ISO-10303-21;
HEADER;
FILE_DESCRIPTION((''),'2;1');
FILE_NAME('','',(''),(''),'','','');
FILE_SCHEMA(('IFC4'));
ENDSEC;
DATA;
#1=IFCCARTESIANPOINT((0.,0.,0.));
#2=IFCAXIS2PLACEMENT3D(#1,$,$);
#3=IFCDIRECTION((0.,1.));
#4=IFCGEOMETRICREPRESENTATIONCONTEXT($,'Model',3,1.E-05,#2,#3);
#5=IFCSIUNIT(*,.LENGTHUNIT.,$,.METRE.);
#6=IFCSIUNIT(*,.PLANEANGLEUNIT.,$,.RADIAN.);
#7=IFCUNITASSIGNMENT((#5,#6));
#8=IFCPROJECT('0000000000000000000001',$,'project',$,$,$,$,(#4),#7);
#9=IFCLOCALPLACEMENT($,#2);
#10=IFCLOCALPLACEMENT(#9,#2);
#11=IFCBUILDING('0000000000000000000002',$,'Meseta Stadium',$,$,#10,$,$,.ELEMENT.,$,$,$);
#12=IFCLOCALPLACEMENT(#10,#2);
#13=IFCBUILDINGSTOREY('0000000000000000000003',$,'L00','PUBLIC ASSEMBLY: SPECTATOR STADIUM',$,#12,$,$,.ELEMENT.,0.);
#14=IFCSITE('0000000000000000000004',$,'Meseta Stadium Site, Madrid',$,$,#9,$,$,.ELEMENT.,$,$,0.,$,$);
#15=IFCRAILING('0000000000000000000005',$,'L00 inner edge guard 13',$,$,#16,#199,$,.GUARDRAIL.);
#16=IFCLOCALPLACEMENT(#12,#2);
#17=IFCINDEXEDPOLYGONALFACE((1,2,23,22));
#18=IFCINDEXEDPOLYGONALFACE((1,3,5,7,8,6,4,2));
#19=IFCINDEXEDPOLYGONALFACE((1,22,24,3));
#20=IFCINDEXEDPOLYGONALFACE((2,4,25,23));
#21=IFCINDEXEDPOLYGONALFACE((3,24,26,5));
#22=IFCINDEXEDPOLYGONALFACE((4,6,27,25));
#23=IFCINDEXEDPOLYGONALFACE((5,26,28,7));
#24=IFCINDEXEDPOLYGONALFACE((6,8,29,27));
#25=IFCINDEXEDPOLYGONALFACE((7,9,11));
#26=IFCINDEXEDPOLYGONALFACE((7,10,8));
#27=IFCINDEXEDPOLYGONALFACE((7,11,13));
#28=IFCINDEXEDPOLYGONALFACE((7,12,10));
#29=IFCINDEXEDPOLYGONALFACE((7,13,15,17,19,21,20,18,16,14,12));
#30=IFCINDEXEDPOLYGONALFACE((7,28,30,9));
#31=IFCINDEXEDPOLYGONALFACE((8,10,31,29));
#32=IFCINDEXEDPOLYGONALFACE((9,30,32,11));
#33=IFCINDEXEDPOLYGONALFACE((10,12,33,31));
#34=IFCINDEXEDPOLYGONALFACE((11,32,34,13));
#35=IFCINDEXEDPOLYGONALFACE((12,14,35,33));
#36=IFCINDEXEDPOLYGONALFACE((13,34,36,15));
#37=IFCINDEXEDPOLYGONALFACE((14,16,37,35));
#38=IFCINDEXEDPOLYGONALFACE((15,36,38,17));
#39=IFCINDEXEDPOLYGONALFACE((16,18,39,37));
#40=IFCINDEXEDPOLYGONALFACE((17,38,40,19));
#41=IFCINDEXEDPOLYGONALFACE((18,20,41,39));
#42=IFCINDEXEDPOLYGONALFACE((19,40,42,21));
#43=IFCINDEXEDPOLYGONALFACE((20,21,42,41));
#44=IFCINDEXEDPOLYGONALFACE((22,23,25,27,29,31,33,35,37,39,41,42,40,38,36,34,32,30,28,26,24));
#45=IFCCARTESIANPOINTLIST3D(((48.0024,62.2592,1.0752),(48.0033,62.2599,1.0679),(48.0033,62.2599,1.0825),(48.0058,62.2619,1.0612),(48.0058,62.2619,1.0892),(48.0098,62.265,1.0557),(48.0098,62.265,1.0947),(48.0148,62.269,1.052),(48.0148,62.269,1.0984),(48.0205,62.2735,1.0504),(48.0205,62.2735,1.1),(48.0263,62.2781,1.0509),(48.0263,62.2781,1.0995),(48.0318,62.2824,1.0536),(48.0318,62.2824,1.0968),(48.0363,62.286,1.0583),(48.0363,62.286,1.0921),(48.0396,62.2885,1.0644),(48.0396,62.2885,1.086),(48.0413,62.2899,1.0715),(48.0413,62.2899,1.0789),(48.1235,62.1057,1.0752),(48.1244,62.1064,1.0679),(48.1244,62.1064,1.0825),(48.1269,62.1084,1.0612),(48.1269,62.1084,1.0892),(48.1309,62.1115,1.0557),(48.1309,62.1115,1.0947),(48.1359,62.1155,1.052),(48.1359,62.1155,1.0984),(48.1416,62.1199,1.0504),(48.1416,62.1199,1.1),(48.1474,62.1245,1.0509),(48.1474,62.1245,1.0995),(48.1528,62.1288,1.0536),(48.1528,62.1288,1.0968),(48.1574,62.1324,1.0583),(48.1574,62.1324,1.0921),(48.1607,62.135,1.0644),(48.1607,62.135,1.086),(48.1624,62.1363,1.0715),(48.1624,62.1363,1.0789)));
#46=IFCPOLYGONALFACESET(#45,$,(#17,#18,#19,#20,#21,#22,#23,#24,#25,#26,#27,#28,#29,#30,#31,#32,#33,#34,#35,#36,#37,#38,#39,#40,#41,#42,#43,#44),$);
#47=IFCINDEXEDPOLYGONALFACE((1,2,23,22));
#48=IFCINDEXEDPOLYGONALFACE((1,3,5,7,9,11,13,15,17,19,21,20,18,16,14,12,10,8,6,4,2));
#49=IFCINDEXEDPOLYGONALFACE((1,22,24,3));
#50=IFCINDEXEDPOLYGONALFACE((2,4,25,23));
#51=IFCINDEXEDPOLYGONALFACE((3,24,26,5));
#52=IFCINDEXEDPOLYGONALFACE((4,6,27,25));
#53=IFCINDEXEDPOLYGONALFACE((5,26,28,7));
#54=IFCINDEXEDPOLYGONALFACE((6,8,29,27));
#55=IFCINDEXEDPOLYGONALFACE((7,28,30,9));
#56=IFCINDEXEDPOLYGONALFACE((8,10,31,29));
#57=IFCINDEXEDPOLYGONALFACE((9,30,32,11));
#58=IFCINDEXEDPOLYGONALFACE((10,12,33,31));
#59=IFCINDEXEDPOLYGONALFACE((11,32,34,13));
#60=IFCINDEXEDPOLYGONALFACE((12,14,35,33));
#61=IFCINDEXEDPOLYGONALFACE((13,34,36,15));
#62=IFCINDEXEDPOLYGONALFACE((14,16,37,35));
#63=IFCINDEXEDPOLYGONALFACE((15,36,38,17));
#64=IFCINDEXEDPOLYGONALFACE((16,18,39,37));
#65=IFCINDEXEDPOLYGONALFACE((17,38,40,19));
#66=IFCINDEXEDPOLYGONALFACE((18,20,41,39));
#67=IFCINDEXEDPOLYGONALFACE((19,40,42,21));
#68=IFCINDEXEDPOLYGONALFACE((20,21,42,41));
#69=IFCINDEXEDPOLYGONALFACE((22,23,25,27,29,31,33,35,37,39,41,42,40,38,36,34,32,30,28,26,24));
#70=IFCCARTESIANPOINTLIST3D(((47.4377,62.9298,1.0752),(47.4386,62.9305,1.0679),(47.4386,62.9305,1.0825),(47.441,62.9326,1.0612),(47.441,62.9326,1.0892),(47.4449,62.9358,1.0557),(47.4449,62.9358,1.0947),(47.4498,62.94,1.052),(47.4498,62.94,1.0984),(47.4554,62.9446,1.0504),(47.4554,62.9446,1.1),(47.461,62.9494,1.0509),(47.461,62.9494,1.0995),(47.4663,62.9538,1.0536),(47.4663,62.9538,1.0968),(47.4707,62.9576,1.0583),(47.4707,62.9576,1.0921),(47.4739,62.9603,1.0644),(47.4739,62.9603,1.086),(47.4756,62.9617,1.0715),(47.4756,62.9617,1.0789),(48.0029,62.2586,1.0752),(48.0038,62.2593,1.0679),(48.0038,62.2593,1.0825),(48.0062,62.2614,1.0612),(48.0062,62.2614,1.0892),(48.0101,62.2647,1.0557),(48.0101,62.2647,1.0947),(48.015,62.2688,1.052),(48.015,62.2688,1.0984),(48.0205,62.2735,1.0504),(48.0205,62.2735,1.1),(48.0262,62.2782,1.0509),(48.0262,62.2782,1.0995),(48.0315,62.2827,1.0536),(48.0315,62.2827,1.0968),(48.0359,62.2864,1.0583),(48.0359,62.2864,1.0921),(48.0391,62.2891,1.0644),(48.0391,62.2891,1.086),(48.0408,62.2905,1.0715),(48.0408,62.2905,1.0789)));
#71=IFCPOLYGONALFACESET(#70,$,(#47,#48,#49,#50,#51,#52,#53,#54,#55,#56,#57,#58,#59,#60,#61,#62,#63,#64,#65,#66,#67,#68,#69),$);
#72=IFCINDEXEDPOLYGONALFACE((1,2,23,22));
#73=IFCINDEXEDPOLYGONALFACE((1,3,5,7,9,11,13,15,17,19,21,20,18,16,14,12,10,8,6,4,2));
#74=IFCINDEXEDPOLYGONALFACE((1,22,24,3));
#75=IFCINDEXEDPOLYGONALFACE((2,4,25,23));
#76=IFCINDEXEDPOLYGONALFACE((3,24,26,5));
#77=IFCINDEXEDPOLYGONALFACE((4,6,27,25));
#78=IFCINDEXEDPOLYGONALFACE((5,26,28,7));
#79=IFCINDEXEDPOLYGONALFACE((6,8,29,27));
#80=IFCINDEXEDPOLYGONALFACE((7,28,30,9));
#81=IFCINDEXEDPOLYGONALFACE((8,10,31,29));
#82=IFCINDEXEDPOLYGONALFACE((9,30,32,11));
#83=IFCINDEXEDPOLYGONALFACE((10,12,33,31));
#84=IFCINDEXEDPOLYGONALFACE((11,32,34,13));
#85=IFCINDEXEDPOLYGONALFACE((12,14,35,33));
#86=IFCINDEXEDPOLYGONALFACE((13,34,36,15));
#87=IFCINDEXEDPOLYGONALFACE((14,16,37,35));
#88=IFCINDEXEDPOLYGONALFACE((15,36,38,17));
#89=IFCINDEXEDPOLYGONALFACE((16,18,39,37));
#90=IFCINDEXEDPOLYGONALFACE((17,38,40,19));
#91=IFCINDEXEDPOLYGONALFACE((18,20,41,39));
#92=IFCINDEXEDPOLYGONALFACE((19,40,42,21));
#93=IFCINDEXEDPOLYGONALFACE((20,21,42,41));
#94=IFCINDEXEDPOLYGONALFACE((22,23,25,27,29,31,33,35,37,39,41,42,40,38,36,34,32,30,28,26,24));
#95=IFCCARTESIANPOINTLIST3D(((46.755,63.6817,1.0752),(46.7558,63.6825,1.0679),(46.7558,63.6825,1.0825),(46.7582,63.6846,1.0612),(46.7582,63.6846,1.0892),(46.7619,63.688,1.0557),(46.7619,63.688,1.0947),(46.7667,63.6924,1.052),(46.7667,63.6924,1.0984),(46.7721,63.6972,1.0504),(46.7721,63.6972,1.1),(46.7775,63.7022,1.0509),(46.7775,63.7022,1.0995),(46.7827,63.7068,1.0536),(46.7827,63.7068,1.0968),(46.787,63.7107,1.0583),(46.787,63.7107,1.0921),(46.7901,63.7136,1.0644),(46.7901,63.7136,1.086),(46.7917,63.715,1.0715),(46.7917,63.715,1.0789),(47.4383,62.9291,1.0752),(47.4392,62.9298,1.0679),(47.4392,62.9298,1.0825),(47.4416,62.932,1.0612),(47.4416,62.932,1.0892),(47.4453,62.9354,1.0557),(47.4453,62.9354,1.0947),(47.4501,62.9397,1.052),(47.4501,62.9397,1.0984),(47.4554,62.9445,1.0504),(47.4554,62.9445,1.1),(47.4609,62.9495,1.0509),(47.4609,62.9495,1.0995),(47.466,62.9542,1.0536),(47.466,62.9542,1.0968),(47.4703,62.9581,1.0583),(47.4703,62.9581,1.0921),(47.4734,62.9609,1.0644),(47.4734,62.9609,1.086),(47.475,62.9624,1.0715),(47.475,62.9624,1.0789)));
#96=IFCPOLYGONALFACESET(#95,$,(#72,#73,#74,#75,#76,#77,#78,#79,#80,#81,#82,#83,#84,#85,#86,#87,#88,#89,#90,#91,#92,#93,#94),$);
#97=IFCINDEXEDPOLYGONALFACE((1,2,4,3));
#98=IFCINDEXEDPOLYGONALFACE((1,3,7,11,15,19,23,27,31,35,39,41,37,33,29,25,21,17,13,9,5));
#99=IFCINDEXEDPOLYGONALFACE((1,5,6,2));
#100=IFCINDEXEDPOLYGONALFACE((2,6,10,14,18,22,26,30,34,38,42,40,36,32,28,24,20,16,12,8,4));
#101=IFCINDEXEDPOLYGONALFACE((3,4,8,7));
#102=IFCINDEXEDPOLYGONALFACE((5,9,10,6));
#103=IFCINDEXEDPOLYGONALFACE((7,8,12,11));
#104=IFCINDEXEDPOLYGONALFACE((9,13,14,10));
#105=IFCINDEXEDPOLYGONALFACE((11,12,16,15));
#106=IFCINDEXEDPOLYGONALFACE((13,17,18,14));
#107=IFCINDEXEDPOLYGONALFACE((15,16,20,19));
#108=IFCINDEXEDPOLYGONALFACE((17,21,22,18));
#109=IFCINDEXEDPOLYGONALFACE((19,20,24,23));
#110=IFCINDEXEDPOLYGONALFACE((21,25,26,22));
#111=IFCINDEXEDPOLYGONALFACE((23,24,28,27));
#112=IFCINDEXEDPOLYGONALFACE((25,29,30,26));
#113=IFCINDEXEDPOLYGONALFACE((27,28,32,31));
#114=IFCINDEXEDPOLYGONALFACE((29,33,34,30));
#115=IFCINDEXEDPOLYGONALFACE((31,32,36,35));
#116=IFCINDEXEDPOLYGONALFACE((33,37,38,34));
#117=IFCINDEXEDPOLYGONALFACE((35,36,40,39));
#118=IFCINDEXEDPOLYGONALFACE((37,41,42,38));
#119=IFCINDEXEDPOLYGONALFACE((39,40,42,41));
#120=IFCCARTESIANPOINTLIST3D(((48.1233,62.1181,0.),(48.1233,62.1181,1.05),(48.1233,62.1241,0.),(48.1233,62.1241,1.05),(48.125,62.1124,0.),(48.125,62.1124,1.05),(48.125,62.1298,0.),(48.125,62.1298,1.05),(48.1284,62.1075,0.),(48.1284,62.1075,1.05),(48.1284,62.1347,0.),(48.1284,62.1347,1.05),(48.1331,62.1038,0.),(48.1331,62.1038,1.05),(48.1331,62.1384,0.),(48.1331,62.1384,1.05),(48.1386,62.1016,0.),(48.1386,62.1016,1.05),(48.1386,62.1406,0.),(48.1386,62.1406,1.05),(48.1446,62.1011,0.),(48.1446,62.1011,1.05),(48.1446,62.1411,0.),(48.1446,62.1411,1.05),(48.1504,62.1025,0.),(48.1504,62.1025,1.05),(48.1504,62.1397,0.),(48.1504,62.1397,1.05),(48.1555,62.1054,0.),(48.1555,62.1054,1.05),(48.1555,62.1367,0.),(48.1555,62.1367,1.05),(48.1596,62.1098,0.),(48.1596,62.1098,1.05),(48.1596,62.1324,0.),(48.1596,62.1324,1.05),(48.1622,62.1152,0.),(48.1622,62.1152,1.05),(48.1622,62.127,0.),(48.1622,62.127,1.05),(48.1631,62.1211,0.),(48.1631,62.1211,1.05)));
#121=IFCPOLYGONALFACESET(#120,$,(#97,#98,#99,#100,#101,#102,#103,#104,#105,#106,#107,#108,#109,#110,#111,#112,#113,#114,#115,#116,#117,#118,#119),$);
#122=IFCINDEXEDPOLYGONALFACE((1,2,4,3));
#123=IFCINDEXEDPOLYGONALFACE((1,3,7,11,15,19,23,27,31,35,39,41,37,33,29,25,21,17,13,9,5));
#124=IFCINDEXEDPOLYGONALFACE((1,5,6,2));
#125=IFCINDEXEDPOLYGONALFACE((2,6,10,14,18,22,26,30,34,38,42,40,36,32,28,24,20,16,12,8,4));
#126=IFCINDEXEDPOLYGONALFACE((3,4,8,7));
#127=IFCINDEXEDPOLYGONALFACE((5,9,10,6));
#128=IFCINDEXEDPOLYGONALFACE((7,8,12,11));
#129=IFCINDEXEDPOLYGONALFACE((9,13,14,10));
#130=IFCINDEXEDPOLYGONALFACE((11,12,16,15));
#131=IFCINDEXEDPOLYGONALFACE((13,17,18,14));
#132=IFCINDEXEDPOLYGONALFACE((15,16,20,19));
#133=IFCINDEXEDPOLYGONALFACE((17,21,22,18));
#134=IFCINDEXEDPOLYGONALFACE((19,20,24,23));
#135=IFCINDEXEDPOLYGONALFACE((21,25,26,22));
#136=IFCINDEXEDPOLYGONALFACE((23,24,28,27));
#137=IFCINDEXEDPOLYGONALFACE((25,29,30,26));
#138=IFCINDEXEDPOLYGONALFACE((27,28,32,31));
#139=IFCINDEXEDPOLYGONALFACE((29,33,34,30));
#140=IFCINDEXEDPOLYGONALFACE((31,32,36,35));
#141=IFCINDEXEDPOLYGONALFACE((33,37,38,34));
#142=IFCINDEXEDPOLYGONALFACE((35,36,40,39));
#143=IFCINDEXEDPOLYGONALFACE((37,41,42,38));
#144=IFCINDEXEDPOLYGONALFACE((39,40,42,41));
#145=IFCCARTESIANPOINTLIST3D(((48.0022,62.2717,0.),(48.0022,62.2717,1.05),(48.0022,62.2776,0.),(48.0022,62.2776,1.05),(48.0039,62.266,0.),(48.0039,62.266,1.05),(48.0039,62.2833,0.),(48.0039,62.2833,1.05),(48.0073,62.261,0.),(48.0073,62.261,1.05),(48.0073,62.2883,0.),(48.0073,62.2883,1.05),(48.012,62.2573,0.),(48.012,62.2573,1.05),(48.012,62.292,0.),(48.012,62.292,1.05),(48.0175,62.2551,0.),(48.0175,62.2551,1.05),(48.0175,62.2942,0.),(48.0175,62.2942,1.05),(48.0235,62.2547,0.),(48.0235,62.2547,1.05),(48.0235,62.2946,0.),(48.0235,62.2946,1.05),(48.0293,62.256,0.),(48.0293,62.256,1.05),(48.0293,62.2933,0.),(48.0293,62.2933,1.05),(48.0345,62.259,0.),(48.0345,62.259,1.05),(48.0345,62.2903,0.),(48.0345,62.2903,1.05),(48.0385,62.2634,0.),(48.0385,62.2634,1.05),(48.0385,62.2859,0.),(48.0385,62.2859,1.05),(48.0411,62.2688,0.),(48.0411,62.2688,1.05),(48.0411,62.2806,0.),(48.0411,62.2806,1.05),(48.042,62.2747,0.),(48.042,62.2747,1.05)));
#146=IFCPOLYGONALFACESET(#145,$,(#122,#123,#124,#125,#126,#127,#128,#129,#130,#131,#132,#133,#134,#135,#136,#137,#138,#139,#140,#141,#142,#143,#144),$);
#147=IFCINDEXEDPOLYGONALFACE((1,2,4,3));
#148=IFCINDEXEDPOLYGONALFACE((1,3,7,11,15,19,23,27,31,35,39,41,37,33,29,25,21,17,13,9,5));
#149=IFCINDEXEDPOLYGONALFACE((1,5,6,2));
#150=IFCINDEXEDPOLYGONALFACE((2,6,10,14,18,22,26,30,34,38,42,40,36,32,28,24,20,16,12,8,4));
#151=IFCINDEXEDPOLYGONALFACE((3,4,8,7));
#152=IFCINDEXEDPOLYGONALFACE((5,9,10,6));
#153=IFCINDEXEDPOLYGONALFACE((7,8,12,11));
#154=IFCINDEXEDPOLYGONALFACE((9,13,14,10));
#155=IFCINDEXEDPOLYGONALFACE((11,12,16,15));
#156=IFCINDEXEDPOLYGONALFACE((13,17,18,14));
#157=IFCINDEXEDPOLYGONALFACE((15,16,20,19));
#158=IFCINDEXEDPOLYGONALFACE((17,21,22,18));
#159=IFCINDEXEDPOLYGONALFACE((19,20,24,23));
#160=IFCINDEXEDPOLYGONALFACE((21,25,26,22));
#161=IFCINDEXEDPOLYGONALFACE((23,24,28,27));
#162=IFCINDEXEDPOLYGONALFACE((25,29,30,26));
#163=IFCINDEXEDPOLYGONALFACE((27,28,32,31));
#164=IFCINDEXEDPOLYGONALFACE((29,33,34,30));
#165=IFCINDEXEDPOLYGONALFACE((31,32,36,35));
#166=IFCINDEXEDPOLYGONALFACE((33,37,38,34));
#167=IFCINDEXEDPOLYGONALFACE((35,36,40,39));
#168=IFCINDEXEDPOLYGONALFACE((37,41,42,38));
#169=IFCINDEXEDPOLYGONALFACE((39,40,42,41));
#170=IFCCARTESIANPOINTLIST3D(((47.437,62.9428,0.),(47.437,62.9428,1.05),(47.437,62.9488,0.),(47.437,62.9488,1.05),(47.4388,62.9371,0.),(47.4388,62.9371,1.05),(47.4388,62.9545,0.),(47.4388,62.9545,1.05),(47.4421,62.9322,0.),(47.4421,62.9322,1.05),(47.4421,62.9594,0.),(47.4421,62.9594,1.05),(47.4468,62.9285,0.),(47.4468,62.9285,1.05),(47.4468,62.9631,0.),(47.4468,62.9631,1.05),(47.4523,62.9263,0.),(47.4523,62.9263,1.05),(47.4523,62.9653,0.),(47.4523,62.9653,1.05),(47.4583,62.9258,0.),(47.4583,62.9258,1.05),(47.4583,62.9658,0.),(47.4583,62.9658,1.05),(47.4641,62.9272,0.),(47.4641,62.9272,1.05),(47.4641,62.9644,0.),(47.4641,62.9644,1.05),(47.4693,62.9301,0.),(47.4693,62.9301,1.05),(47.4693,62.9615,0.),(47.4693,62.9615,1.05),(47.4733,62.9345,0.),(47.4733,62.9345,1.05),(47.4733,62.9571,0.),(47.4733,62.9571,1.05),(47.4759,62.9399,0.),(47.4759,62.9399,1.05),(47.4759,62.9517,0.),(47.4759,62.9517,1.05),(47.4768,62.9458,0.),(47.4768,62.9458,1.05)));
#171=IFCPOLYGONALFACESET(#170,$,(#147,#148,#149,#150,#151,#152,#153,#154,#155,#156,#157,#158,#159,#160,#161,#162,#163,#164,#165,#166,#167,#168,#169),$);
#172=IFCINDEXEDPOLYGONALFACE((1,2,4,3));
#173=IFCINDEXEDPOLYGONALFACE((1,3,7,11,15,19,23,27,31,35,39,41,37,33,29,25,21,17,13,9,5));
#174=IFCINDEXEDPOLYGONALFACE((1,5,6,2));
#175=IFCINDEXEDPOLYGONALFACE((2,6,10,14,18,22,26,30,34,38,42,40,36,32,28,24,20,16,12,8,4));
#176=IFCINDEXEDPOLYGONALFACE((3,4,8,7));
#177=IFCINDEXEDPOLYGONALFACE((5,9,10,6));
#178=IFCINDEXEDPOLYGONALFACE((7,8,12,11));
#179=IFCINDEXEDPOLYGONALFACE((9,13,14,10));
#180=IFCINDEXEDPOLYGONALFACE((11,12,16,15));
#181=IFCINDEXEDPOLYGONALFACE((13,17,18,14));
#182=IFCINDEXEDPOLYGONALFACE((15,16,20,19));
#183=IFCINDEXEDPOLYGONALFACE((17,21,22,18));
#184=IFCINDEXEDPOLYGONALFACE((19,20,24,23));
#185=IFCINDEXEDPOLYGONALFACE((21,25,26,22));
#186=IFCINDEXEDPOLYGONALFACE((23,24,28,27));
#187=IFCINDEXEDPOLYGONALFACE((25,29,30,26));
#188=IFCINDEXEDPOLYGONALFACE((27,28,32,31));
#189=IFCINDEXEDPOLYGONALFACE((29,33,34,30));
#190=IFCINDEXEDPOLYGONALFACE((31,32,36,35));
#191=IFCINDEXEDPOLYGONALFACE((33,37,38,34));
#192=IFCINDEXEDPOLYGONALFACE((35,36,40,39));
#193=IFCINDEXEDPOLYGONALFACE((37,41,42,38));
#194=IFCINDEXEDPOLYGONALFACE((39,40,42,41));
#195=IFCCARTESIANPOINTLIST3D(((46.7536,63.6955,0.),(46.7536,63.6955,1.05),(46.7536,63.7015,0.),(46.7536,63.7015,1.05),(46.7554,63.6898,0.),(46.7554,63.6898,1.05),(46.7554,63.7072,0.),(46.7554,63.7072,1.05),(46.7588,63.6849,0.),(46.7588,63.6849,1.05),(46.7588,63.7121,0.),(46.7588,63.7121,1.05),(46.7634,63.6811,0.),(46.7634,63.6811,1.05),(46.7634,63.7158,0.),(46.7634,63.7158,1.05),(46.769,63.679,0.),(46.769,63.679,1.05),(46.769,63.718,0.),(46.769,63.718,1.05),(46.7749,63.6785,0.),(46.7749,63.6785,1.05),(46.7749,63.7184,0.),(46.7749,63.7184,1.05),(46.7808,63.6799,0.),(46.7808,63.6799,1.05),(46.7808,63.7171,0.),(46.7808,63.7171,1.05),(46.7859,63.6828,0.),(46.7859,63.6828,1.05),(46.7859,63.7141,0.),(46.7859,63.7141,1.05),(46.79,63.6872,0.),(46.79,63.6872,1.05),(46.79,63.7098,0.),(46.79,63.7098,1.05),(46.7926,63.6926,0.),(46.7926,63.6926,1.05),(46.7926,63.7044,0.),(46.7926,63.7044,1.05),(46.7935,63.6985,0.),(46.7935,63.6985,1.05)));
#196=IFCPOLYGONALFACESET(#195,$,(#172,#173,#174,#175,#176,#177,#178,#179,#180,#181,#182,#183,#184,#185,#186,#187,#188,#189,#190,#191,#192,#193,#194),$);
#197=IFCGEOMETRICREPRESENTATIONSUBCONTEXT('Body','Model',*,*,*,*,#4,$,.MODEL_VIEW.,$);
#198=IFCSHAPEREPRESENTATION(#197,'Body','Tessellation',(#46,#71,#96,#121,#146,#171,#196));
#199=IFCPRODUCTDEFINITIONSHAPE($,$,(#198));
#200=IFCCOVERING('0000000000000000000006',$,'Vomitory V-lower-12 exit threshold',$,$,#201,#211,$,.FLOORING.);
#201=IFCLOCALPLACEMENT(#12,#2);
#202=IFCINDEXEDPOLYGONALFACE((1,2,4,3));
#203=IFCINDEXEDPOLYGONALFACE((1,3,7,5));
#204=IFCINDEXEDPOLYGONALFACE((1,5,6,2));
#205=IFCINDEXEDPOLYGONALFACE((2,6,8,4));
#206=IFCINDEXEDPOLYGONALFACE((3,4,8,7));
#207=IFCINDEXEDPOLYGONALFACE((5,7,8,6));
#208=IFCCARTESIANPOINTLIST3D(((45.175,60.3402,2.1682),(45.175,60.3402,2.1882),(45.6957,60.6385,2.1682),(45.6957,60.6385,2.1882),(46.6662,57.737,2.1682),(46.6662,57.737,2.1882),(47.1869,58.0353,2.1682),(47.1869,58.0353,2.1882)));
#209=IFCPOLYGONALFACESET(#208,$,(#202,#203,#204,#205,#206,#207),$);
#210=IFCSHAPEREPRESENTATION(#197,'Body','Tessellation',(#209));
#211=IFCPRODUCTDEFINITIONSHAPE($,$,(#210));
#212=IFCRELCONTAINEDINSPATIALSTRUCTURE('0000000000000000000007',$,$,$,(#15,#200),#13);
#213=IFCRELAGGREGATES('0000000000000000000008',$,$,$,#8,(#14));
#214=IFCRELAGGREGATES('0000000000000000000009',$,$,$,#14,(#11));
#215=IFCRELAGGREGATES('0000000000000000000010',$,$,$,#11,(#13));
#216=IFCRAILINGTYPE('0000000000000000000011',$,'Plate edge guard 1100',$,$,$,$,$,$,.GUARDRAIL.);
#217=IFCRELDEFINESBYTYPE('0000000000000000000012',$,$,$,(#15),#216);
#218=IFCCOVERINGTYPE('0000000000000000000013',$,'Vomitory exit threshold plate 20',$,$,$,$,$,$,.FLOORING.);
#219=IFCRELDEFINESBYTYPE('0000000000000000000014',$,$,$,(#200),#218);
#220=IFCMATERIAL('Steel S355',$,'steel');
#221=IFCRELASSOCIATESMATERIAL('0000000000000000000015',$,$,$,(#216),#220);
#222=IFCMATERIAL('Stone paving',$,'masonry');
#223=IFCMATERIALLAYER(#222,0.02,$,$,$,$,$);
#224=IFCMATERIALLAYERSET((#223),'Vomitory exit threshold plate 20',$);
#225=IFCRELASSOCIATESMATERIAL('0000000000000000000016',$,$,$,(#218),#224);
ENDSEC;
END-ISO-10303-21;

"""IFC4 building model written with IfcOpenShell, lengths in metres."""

from ifc_helpers import new_model, si_unit, direction, frame, origin, origin_2d, place, context, subcontext, project, spatial, rectangle, circle, extrude, material, layer, layer_set, type_object, element, save


model = new_model("IFC4")

# Units and contexts
model_context = context("Model", 3, precision=1e-05, world=origin(), true_north=direction((0.0, 1.0)))
body_context = subcontext(model_context, "Body", "Model", "MODEL_VIEW")
ifc_project = project(units=[si_unit("LENGTHUNIT", "METRE"), si_unit("PLANEANGLEUNIT", "RADIAN")], contexts=[model_context])

# Site, building, storey
site_placement = place(None, origin())
site = spatial("IfcSite", under=ifc_project, at=site_placement, Name="Meseta Stadium Site, Madrid", CompositionType="ELEMENT", RefElevation=0.0)
building_placement = place(site_placement, origin())
building = spatial("IfcBuilding", under=site, at=building_placement, Name="Meseta Stadium", CompositionType="ELEMENT")
storey_placement = place(building_placement, origin())
storey = spatial("IfcBuildingStorey", under=building, at=storey_placement, Name="L00", Description="PUBLIC ASSEMBLY: SPECTATOR STADIUM", CompositionType="ELEMENT", Elevation=0.0)

# Railing
ifc_material_1 = material(Name="Steel S355", Category="steel")
railing_type_1 = type_object("IfcRailingType", Name="Plate edge guard 1100", PredefinedType="GUARDRAIL", material=ifc_material_1)
railing_1_placement = place(storey_placement, frame((48.1431, 62.1211, 0.0)))
element("IfcRailing", 1, at=railing_1_placement, inside=storey, type_object=railing_type_1, Name="L00 inner edge guard 13", PredefinedType="GUARDRAIL", context=body_context, shape_type="SweptSolid", body=[
    extrude(circle(Radius=0.0249, at=origin_2d()), frame((0.0, 0.0, 1.0752), z_axis=(-0.619199, 0.785234, 0.0), x_axis=(-0.785234, -0.619199, 0.0)), (0.0, 0.0, 1.0), 0.1956),
    extrude(circle(Radius=0.0249, at=origin_2d()), frame((-0.1211, 0.1536, 1.0752), z_axis=(-0.644144, 0.764904, 0.0), x_axis=(-0.764904, -0.644144, 0.0)), (0.0, 0.0, 1.0), 0.8774),
    extrude(circle(Radius=0.0249, at=origin_2d()), frame((-0.6863, 0.8247, 1.0752), z_axis=(-0.672183, 0.740385, 0.0), x_axis=(-0.740385, -0.672183, 0.0)), (0.0, 0.0, 1.0), 1.0166),
    extrude(circle(Radius=0.02, at=origin_2d()), origin(), (0.0, 0.0, 1.0), 1.05),
    extrude(circle(Radius=0.02, at=origin_2d()), frame((-0.1211, 0.1536, 0.0)), (0.0, 0.0, 1.0), 1.05),
    extrude(circle(Radius=0.02, at=origin_2d()), frame((-0.6863, 0.8247, 0.0)), (0.0, 0.0, 1.0), 1.05),
    extrude(circle(Radius=0.02, at=origin_2d()), frame((-1.3696, 1.5774, 0.0)), (0.0, 0.0, 1.0), 1.05),
])

# Covering
ifc_material_2 = material(Name="Stone paving", Category="masonry")
ifc_layer_1 = layer(ifc_material_2, 0.02)
ifc_layer_set_1 = layer_set([ifc_layer_1], Name="Vomitory exit threshold plate 20")
covering_type = type_object("IfcCoveringType", Name="Vomitory exit threshold plate 20", PredefinedType="FLOORING", material=ifc_layer_set_1)
for number, where, z_axis, x_axis, name in (
    (2, (46.1809, 59.1877, 2.1682), (0.0, 0.0, 1.0), (-0.867712, -0.497068, 0.0), "Vomitory V-lower-12 exit threshold"),
):
    element("IfcCovering", number, at=place(storey_placement, frame(where, z_axis=z_axis, x_axis=x_axis)), inside=storey, type_object=covering_type, Name=name, PredefinedType="FLOORING", context=body_context, shape_type="SweptSolid", body=[
        extrude(rectangle(XDim=0.6001, YDim=3.0, at=origin_2d()), origin(), (0.0, 0.0, 1.0), 0.02),
    ])

save(model, "model.ifc")
